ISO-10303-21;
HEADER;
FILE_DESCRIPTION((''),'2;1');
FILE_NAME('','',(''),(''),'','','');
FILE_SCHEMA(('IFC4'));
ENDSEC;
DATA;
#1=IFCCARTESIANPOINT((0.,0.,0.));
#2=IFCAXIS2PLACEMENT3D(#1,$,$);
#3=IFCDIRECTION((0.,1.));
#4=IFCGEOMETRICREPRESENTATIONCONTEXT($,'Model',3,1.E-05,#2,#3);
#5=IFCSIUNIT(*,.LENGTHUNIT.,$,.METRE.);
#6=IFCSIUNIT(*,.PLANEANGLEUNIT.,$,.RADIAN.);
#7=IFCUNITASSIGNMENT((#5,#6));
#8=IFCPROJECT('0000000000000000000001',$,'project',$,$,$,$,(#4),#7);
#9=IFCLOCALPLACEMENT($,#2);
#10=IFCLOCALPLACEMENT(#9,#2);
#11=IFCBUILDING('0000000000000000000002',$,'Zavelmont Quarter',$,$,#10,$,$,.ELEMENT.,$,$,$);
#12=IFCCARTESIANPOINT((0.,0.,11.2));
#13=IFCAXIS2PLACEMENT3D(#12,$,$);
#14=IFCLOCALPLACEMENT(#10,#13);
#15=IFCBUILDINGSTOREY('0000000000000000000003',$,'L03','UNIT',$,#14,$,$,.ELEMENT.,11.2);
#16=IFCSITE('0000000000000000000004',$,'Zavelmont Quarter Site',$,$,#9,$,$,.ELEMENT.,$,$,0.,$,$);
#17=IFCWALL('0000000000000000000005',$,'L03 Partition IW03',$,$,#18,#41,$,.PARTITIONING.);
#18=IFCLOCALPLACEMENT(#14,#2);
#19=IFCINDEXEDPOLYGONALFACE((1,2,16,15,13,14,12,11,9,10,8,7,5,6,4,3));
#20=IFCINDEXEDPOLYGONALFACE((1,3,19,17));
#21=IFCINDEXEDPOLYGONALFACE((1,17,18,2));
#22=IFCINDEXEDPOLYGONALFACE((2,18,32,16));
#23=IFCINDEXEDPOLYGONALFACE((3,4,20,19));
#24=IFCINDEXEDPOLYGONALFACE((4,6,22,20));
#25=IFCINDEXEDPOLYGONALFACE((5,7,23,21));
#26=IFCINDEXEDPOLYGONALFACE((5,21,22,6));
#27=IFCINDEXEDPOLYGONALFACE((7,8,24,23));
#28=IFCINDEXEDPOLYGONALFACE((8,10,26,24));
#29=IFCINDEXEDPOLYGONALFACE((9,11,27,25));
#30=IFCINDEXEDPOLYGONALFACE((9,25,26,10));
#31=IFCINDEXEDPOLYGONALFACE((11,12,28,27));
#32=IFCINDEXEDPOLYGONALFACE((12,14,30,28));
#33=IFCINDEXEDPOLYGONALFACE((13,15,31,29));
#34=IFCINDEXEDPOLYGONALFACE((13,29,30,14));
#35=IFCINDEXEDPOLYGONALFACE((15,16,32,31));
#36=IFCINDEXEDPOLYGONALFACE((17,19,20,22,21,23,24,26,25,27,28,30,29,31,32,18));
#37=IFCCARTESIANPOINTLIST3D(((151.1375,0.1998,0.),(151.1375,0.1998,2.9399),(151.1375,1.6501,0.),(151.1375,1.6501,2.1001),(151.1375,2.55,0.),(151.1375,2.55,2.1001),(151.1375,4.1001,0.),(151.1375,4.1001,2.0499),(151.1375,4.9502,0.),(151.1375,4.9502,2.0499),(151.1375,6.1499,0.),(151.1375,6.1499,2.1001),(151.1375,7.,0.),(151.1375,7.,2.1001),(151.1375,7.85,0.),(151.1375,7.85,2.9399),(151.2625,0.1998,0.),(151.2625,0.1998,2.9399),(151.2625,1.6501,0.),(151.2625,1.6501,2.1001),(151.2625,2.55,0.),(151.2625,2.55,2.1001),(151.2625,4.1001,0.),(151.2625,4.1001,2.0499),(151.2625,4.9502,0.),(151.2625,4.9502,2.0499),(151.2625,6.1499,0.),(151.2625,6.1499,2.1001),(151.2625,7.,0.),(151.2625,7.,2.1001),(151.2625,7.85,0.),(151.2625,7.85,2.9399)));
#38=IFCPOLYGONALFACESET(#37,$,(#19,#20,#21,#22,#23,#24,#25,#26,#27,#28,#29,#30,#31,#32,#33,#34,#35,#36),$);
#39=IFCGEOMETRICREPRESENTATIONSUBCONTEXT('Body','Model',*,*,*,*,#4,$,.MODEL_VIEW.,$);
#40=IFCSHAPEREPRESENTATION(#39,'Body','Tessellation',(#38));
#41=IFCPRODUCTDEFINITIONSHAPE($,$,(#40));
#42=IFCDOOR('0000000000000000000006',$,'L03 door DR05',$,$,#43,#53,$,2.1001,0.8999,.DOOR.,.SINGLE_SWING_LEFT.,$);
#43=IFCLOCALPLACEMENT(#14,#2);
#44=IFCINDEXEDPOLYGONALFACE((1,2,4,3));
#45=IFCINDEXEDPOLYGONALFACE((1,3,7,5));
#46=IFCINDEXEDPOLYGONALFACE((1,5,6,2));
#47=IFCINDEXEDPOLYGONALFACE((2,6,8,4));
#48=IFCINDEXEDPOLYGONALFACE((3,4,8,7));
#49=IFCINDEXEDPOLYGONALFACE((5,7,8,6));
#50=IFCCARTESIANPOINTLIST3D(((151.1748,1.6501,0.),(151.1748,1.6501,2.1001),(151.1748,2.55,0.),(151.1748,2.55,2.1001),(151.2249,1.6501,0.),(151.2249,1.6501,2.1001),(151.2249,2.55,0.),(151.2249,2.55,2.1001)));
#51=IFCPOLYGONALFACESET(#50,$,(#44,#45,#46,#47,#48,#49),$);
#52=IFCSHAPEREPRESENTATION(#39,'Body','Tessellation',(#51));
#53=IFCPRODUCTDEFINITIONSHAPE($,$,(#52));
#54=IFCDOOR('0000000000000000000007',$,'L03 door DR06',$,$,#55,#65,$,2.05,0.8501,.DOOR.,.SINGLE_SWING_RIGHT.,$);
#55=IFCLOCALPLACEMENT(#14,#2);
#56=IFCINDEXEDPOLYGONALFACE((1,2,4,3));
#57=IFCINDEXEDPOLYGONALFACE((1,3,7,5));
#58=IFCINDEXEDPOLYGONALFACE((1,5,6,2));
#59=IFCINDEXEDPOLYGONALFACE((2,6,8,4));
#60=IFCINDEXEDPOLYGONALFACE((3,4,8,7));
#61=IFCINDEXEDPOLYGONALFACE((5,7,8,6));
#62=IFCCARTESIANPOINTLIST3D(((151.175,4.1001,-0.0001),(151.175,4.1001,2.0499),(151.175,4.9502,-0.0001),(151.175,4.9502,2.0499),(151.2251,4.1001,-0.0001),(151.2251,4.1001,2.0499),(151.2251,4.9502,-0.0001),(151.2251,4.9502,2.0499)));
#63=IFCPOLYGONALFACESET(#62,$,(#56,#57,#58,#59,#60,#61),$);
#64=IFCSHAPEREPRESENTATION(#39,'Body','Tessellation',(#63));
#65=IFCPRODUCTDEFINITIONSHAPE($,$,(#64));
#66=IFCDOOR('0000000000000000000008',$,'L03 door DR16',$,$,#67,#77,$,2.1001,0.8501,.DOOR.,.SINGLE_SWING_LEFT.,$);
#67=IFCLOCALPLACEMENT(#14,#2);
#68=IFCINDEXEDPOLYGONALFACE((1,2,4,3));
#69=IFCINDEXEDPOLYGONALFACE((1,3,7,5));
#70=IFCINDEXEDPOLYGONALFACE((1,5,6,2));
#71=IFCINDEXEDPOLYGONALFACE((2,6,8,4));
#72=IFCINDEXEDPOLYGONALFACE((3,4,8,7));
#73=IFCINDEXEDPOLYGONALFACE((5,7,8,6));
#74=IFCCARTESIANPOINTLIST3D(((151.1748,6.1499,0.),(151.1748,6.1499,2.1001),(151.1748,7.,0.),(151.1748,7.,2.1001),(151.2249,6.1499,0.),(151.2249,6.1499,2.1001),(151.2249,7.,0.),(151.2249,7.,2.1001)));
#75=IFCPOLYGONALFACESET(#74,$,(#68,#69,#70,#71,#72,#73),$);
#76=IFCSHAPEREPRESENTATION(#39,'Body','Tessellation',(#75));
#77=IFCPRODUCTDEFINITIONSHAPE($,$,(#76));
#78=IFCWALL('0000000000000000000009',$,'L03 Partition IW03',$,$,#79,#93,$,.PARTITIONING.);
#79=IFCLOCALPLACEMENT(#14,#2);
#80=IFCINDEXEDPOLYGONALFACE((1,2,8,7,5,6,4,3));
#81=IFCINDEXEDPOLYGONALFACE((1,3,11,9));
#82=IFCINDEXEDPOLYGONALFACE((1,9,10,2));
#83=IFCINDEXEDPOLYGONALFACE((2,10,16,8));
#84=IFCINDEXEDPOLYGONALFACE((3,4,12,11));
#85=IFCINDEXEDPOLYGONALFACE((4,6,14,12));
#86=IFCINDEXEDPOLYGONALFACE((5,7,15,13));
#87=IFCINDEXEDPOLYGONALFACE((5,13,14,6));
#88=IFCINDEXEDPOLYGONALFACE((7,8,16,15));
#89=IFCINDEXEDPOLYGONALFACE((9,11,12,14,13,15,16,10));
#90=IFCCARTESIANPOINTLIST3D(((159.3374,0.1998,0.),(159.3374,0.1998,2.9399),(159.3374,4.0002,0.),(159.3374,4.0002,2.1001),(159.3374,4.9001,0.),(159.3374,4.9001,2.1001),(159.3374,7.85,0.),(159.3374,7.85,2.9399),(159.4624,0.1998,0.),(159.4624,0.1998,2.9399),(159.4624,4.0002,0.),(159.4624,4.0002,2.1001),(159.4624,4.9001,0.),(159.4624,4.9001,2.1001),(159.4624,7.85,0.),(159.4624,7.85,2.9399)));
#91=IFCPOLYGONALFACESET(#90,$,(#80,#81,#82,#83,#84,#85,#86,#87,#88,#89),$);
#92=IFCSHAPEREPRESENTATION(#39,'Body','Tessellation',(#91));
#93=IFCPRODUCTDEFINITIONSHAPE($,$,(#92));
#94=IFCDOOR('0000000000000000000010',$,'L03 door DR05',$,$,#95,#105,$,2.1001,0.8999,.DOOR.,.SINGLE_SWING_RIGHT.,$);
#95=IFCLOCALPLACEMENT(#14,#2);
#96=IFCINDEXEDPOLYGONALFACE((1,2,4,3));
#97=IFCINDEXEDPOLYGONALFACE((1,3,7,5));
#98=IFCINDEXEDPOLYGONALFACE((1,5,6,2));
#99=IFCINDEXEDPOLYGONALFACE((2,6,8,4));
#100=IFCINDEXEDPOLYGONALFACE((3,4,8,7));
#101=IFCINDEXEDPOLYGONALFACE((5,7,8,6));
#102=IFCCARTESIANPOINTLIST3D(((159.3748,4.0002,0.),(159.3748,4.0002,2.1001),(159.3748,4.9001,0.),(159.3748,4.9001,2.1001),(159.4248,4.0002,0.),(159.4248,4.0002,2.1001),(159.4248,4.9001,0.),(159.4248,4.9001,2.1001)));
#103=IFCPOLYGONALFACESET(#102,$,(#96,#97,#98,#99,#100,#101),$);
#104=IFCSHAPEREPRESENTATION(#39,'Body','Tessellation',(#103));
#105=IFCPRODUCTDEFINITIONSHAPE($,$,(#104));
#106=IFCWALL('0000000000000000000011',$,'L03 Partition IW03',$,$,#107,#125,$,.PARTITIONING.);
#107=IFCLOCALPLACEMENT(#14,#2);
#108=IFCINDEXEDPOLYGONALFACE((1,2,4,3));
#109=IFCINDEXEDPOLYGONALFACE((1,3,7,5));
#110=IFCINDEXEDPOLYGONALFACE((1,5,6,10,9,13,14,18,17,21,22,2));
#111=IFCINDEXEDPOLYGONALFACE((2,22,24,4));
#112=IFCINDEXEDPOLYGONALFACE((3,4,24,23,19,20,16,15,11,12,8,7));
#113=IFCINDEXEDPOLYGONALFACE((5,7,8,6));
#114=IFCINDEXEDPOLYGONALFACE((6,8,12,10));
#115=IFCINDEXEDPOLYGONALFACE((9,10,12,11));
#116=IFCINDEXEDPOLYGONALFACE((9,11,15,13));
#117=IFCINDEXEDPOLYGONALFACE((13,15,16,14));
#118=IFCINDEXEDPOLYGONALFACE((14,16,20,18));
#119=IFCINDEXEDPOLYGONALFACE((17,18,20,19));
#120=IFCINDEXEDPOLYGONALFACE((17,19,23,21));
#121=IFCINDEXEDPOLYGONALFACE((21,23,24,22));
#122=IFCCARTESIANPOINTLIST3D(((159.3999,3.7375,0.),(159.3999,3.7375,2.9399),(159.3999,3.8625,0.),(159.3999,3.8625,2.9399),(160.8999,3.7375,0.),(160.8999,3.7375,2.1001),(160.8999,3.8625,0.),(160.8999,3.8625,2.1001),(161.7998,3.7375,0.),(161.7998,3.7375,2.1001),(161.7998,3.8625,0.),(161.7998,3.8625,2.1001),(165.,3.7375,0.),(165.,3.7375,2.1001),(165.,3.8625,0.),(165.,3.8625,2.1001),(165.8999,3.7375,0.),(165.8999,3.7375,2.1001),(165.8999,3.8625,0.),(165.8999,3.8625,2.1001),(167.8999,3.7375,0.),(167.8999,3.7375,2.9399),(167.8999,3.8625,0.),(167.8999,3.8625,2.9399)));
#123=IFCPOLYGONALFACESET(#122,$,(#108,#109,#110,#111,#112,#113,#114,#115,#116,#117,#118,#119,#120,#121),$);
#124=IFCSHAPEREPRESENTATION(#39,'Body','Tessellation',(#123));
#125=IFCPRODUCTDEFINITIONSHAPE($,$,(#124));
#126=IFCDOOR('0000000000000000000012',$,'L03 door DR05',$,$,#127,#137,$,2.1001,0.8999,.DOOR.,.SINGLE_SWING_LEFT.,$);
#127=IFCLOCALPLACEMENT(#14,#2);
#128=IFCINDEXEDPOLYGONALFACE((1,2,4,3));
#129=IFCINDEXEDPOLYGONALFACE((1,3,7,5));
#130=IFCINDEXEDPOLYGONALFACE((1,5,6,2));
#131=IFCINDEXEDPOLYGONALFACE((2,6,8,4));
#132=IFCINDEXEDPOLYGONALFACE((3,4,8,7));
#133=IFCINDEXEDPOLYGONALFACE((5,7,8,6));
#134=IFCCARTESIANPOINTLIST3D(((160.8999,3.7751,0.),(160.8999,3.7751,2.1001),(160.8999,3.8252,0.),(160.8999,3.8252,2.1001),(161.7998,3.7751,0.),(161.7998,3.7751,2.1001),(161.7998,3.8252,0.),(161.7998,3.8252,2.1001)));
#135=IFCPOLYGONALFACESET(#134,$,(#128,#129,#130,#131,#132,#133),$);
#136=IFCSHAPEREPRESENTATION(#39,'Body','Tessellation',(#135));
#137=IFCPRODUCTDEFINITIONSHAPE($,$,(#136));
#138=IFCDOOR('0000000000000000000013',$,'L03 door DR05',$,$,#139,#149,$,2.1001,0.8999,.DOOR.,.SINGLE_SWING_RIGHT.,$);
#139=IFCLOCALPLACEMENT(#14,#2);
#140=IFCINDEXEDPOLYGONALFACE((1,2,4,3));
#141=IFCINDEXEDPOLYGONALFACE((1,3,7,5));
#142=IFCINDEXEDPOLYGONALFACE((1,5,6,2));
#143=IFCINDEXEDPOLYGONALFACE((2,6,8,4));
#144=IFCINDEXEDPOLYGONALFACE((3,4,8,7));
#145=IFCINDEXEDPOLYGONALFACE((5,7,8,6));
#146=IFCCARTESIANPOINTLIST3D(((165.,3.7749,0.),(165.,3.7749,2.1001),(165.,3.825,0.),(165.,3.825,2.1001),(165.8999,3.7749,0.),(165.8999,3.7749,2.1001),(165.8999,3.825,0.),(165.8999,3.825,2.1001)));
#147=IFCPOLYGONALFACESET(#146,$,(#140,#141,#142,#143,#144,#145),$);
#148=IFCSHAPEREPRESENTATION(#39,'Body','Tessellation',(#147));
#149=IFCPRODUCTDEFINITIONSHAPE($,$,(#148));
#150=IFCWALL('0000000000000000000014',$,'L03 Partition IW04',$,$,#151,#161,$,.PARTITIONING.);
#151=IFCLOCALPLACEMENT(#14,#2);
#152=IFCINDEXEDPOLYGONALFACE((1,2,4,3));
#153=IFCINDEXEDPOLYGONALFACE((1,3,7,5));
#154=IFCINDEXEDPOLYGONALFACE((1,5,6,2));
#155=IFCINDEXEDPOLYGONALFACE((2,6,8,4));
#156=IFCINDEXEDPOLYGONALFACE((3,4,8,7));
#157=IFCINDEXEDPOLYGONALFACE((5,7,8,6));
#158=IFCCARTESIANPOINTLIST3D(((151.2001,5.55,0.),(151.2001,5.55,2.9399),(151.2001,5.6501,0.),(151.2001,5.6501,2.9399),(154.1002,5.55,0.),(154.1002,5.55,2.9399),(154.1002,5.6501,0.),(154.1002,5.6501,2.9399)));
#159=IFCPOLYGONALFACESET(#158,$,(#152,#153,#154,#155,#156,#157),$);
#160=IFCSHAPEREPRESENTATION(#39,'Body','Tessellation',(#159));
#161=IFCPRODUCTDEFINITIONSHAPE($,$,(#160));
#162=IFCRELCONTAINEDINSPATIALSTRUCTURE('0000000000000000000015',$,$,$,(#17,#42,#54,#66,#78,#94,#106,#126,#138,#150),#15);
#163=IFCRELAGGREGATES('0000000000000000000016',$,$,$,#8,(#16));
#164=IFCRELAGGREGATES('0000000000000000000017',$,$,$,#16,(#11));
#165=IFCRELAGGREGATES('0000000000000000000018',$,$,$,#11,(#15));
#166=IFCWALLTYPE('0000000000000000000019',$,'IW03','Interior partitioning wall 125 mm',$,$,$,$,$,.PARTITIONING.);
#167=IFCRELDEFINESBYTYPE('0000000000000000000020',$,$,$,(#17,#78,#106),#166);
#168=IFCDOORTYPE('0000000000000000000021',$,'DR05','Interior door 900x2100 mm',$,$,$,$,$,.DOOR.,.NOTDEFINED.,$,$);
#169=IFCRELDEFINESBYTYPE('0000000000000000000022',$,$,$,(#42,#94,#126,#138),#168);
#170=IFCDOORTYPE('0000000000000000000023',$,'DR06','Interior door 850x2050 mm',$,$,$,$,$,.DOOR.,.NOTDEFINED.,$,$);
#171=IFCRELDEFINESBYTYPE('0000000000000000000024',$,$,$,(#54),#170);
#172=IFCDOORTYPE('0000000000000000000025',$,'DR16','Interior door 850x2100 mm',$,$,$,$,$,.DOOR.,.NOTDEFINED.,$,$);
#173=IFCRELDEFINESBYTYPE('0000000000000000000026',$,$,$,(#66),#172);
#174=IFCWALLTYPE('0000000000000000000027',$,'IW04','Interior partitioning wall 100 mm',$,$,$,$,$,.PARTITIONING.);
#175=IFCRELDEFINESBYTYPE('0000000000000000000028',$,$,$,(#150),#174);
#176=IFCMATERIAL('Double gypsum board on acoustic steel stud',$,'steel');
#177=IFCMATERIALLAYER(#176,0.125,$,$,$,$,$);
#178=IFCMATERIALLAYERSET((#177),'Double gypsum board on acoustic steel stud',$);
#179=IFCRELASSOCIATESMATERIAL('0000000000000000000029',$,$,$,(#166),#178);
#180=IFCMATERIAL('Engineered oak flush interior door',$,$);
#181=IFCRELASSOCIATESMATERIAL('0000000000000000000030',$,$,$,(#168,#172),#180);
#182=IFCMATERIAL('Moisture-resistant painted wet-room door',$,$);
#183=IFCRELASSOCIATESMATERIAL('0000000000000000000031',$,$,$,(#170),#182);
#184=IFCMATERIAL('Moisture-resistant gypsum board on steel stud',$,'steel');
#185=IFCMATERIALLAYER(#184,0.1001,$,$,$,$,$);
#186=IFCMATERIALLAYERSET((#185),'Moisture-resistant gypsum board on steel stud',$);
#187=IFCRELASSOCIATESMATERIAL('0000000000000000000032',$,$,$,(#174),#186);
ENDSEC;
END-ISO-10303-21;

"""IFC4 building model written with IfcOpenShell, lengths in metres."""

from ifc_helpers import new_model, si_unit, direction, frame, frame_2d, origin, origin_with_axes, place, context, subcontext, project, spatial, rectangle, extrude, material, layer, layer_set, type_object, element, fill, save


model = new_model("IFC4")

# Units and contexts
model_context = context("Model", 3, precision=1e-05, world=origin(), true_north=direction((0.0, 1.0)))
body_context = subcontext(model_context, "Body", "Model", "MODEL_VIEW")
ifc_project = project(units=[si_unit("LENGTHUNIT", "METRE"), si_unit("PLANEANGLEUNIT", "RADIAN")], contexts=[model_context])

# Site, building, storey
site_placement = place(None, origin())
site = spatial("IfcSite", under=ifc_project, at=site_placement, Name="Zavelmont Quarter Site", CompositionType="ELEMENT", RefElevation=0.0)
building_placement = place(site_placement, origin())
building = spatial("IfcBuilding", under=site, at=building_placement, Name="Zavelmont Quarter", CompositionType="ELEMENT")
storey_placement = place(building_placement, frame((0.0, 0.0, 11.2)))
storey = spatial("IfcBuildingStorey", under=building, at=storey_placement, Name="L03", Description="UNIT", CompositionType="ELEMENT", Elevation=11.2)

# Wall, openings, doors
ifc_material_1 = material(Name="Double gypsum board on acoustic steel stud", Category="steel")
ifc_layer_1 = layer(ifc_material_1, 0.125)
ifc_layer_set_1 = layer_set([ifc_layer_1], Name="Double gypsum board on acoustic steel stud")
wall_type_1 = type_object("IfcWallType", Name="IW03", Description="Interior partitioning wall 125 mm", PredefinedType="PARTITIONING", material=ifc_layer_set_1)
wall_1_placement = place(storey_placement, frame((151.2, 7.8501, 0.0), z_axis=(0.0, 0.0, 1.0), x_axis=(0.0, -1.0, 0.0)))
wall_1 = element("IfcWall", 1, at=wall_1_placement, inside=storey, type_object=wall_type_1, Name="L03 Partition IW03", PredefinedType="PARTITIONING", context=body_context, shape_type="SweptSolid", body=[
    extrude(rectangle(XDim=7.6501, YDim=0.125, at=frame_2d((3.8252, 0.0))), origin(), (0.0, 0.0, 1.0), 2.9399),
])
opening_1_placement = place(wall_1_placement, frame((0.8501, 0.0, 0.0)))
opening_1 = element("IfcOpeningElement", 2, at=opening_1_placement, cuts=wall_1, PredefinedType="OPENING", context=body_context, shape_type="SweptSolid", body=[
    extrude(rectangle(XDim=0.8501, YDim=2.1001, at=frame_2d((0.425, 1.05))), frame((0.0, 0.0745, 0.0), z_axis=(0.0, -1.0, 0.0), x_axis=(1.0, 0.0, 0.0)), (0.0, 0.0, 1.0), 0.1489),
])
opening_2_placement = place(wall_1_placement, frame((2.8999, 0.0, 0.0)))
opening_2 = element("IfcOpeningElement", 3, at=opening_2_placement, cuts=wall_1, PredefinedType="OPENING", context=body_context, shape_type="SweptSolid", body=[
    extrude(rectangle(XDim=0.8501, YDim=2.05, at=frame_2d((0.425, 1.0249))), frame((0.0, 0.0745, 0.0), z_axis=(0.0, -1.0, 0.0), x_axis=(1.0, 0.0, 0.0)), (0.0, 0.0, 1.0), 0.1489),
])
opening_3_placement = place(wall_1_placement, frame((5.3, 0.0, 0.0)))
opening_3 = element("IfcOpeningElement", 4, at=opening_3_placement, cuts=wall_1, PredefinedType="OPENING", context=body_context, shape_type="SweptSolid", body=[
    extrude(rectangle(XDim=0.8999, YDim=2.1001, at=frame_2d((0.45, 1.05))), frame((0.0, 0.0745, 0.0), z_axis=(0.0, -1.0, 0.0), x_axis=(1.0, 0.0, 0.0)), (0.0, 0.0, 1.0), 0.1489),
])
ifc_material_2 = material(Name="Engineered oak flush interior door")
door_type_1 = type_object("IfcDoorType", Name="DR05", Description="Interior door 900x2100 mm", OperationType="NOTDEFINED", PredefinedType="DOOR", material=ifc_material_2)
door_1_placement = place(opening_3_placement, origin_with_axes())
door_1 = element("IfcDoor", 5, at=door_1_placement, inside=storey, type_object=door_type_1, Name="L03 door DR05", OperationType="SINGLE_SWING_LEFT", OverallHeight=2.1001, OverallWidth=0.8999, PredefinedType="DOOR", context=body_context, shape_type="SweptSolid", body=[
    extrude(rectangle(XDim=0.8999, YDim=2.1001, at=frame_2d((0.45, 1.05))), frame((0.0, 0.0249, 0.0), z_axis=(0.0, -1.0, 0.0), x_axis=(1.0, 0.0, 0.0)), (0.0, 0.0, 1.0), 0.05),
])
fill(opening_3, door_1)
ifc_material_3 = material(Name="Moisture-resistant painted wet-room door")
door_type_2 = type_object("IfcDoorType", Name="DR06", Description="Interior door 850x2050 mm", OperationType="NOTDEFINED", PredefinedType="DOOR", material=ifc_material_3)
door_2_placement = place(opening_2_placement, frame((0.8501, 0.0, 0.0), z_axis=(0.0, 0.0, 1.0), x_axis=(-1.0, 0.0, 0.0)))
door_2 = element("IfcDoor", 6, at=door_2_placement, inside=storey, type_object=door_type_2, Name="L03 door DR06", OperationType="SINGLE_SWING_RIGHT", OverallHeight=2.05, OverallWidth=0.8501, PredefinedType="DOOR", context=body_context, shape_type="SweptSolid", body=[
    extrude(rectangle(XDim=0.8501, YDim=2.05, at=frame_2d((0.425, 1.0249))), frame((0.0, 0.0249, 0.0), z_axis=(0.0, -1.0, 0.0), x_axis=(1.0, 0.0, 0.0)), (0.0, 0.0, 1.0), 0.05),
])
fill(opening_2, door_2)
door_type_3 = type_object("IfcDoorType", Name="DR16", Description="Interior door 850x2100 mm", OperationType="NOTDEFINED", PredefinedType="DOOR", material=ifc_material_2)
door_3_placement = place(opening_1_placement, origin_with_axes())
door_3 = element("IfcDoor", 7, at=door_3_placement, inside=storey, type_object=door_type_3, Name="L03 door DR16", OperationType="SINGLE_SWING_LEFT", OverallHeight=2.1001, OverallWidth=0.8501, PredefinedType="DOOR", context=body_context, shape_type="SweptSolid", body=[
    extrude(rectangle(XDim=0.8501, YDim=2.1001, at=frame_2d((0.425, 1.05))), frame((0.0, 0.0249, 0.0), z_axis=(0.0, -1.0, 0.0), x_axis=(1.0, 0.0, 0.0)), (0.0, 0.0, 1.0), 0.05),
])
fill(opening_1, door_3)

# Wall, opening, door
wall_2_placement = place(storey_placement, frame((159.3999, 7.8501, 0.0), z_axis=(0.0, 0.0, 1.0), x_axis=(0.0, -1.0, 0.0)))
wall_2 = element("IfcWall", 8, at=wall_2_placement, inside=storey, type_object=wall_type_1, Name="L03 Partition IW03", PredefinedType="PARTITIONING", context=body_context, shape_type="SweptSolid", body=[
    extrude(rectangle(XDim=7.6501, YDim=0.125, at=frame_2d((3.8252, 0.0))), origin(), (0.0, 0.0, 1.0), 2.9399),
])
opening_4_placement = place(wall_2_placement, frame((2.95, 0.0, 0.0)))
opening_4 = element("IfcOpeningElement", 9, at=opening_4_placement, cuts=wall_2, PredefinedType="OPENING", context=body_context, shape_type="SweptSolid", body=[
    extrude(rectangle(XDim=0.8999, YDim=2.1001, at=frame_2d((0.45, 1.05))), frame((0.0, 0.0745, 0.0), z_axis=(0.0, -1.0, 0.0), x_axis=(1.0, 0.0, 0.0)), (0.0, 0.0, 1.0), 0.1489),
])
door_4_placement = place(opening_4_placement, origin_with_axes())
door_4 = element("IfcDoor", 10, at=door_4_placement, inside=storey, type_object=door_type_1, Name="L03 door DR05", OperationType="SINGLE_SWING_RIGHT", OverallHeight=2.1001, OverallWidth=0.8999, PredefinedType="DOOR", context=body_context, shape_type="SweptSolid", body=[
    extrude(rectangle(XDim=0.8999, YDim=2.1001, at=frame_2d((0.45, 1.05))), frame((0.0, 0.0249, 0.0), z_axis=(0.0, -1.0, 0.0), x_axis=(1.0, 0.0, 0.0)), (0.0, 0.0, 1.0), 0.05),
])
fill(opening_4, door_4)

# Wall, openings, doors
wall_3_placement = place(storey_placement, frame((159.3999, 3.8, 0.0), z_axis=(0.0, 0.0, 1.0), x_axis=(1.0, 0.0, 0.0)))
wall_3 = element("IfcWall", 11, at=wall_3_placement, inside=storey, type_object=wall_type_1, Name="L03 Partition IW03", PredefinedType="PARTITIONING", context=body_context, shape_type="SweptSolid", body=[
    extrude(rectangle(XDim=8.5, YDim=0.125, at=frame_2d((4.25, 0.0))), origin(), (0.0, 0.0, 1.0), 2.9399),
])
opening_5_placement = place(wall_3_placement, frame((1.5, 0.0, 0.0)))
opening_5 = element("IfcOpeningElement", 12, at=opening_5_placement, cuts=wall_3, PredefinedType="OPENING", context=body_context, shape_type="SweptSolid", body=[
    extrude(rectangle(XDim=0.8999, YDim=2.1001, at=frame_2d((0.45, 1.05))), frame((0.0, 0.0745, 0.0), z_axis=(0.0, -1.0, 0.0), x_axis=(1.0, 0.0, 0.0)), (0.0, 0.0, 1.0), 0.1489),
])
opening_6_placement = place(wall_3_placement, frame((5.6001, 0.0, 0.0)))
opening_6 = element("IfcOpeningElement", 13, at=opening_6_placement, cuts=wall_3, PredefinedType="OPENING", context=body_context, shape_type="SweptSolid", body=[
    extrude(rectangle(XDim=0.8999, YDim=2.1001, at=frame_2d((0.45, 1.05))), frame((0.0, 0.0745, 0.0), z_axis=(0.0, -1.0, 0.0), x_axis=(1.0, 0.0, 0.0)), (0.0, 0.0, 1.0), 0.1489),
])
door_5_placement = place(opening_5_placement, frame((0.8999, 0.0, 0.0), z_axis=(0.0, 0.0, 1.0), x_axis=(-1.0, 0.0, 0.0)))
door_5 = element("IfcDoor", 14, at=door_5_placement, inside=storey, type_object=door_type_1, Name="L03 door DR05", OperationType="SINGLE_SWING_LEFT", OverallHeight=2.1001, OverallWidth=0.8999, PredefinedType="DOOR", context=body_context, shape_type="SweptSolid", body=[
    extrude(rectangle(XDim=0.8999, YDim=2.1001, at=frame_2d((0.45, 1.05))), frame((0.0, 0.0249, 0.0), z_axis=(0.0, -1.0, 0.0), x_axis=(1.0, 0.0, 0.0)), (0.0, 0.0, 1.0), 0.05),
])
fill(opening_5, door_5)
door_6_placement = place(opening_6_placement, origin_with_axes())
door_6 = element("IfcDoor", 15, at=door_6_placement, inside=storey, type_object=door_type_1, Name="L03 door DR05", OperationType="SINGLE_SWING_RIGHT", OverallHeight=2.1001, OverallWidth=0.8999, PredefinedType="DOOR", context=body_context, shape_type="SweptSolid", body=[
    extrude(rectangle(XDim=0.8999, YDim=2.1001, at=frame_2d((0.45, 1.05))), frame((0.0, 0.0249, 0.0), z_axis=(0.0, -1.0, 0.0), x_axis=(1.0, 0.0, 0.0)), (0.0, 0.0, 1.0), 0.05),
])
fill(opening_6, door_6)

# Wall
ifc_material_4 = material(Name="Moisture-resistant gypsum board on steel stud", Category="steel")
ifc_layer_2 = layer(ifc_material_4, 0.1001)
ifc_layer_set_2 = layer_set([ifc_layer_2], Name="Moisture-resistant gypsum board on steel stud")
wall_type_2 = type_object("IfcWallType", Name="IW04", Description="Interior partitioning wall 100 mm", PredefinedType="PARTITIONING", material=ifc_layer_set_2)
for number, where, z_axis, x_axis, name in (
    (16, (151.2, 5.6001, 0.0), (0.0, 0.0, 1.0), (1.0, 0.0, 0.0), "L03 Partition IW04"),
):
    element("IfcWall", number, at=place(storey_placement, frame(where, z_axis=z_axis, x_axis=x_axis)), inside=storey, type_object=wall_type_2, Name=name, PredefinedType="PARTITIONING", context=body_context, shape_type="SweptSolid", body=[
        extrude(rectangle(XDim=2.9001, YDim=0.1001, at=frame_2d((1.4502, 0.0))), origin(), (0.0, 0.0, 1.0), 2.9399),
    ])

save(model, "model.ifc")
